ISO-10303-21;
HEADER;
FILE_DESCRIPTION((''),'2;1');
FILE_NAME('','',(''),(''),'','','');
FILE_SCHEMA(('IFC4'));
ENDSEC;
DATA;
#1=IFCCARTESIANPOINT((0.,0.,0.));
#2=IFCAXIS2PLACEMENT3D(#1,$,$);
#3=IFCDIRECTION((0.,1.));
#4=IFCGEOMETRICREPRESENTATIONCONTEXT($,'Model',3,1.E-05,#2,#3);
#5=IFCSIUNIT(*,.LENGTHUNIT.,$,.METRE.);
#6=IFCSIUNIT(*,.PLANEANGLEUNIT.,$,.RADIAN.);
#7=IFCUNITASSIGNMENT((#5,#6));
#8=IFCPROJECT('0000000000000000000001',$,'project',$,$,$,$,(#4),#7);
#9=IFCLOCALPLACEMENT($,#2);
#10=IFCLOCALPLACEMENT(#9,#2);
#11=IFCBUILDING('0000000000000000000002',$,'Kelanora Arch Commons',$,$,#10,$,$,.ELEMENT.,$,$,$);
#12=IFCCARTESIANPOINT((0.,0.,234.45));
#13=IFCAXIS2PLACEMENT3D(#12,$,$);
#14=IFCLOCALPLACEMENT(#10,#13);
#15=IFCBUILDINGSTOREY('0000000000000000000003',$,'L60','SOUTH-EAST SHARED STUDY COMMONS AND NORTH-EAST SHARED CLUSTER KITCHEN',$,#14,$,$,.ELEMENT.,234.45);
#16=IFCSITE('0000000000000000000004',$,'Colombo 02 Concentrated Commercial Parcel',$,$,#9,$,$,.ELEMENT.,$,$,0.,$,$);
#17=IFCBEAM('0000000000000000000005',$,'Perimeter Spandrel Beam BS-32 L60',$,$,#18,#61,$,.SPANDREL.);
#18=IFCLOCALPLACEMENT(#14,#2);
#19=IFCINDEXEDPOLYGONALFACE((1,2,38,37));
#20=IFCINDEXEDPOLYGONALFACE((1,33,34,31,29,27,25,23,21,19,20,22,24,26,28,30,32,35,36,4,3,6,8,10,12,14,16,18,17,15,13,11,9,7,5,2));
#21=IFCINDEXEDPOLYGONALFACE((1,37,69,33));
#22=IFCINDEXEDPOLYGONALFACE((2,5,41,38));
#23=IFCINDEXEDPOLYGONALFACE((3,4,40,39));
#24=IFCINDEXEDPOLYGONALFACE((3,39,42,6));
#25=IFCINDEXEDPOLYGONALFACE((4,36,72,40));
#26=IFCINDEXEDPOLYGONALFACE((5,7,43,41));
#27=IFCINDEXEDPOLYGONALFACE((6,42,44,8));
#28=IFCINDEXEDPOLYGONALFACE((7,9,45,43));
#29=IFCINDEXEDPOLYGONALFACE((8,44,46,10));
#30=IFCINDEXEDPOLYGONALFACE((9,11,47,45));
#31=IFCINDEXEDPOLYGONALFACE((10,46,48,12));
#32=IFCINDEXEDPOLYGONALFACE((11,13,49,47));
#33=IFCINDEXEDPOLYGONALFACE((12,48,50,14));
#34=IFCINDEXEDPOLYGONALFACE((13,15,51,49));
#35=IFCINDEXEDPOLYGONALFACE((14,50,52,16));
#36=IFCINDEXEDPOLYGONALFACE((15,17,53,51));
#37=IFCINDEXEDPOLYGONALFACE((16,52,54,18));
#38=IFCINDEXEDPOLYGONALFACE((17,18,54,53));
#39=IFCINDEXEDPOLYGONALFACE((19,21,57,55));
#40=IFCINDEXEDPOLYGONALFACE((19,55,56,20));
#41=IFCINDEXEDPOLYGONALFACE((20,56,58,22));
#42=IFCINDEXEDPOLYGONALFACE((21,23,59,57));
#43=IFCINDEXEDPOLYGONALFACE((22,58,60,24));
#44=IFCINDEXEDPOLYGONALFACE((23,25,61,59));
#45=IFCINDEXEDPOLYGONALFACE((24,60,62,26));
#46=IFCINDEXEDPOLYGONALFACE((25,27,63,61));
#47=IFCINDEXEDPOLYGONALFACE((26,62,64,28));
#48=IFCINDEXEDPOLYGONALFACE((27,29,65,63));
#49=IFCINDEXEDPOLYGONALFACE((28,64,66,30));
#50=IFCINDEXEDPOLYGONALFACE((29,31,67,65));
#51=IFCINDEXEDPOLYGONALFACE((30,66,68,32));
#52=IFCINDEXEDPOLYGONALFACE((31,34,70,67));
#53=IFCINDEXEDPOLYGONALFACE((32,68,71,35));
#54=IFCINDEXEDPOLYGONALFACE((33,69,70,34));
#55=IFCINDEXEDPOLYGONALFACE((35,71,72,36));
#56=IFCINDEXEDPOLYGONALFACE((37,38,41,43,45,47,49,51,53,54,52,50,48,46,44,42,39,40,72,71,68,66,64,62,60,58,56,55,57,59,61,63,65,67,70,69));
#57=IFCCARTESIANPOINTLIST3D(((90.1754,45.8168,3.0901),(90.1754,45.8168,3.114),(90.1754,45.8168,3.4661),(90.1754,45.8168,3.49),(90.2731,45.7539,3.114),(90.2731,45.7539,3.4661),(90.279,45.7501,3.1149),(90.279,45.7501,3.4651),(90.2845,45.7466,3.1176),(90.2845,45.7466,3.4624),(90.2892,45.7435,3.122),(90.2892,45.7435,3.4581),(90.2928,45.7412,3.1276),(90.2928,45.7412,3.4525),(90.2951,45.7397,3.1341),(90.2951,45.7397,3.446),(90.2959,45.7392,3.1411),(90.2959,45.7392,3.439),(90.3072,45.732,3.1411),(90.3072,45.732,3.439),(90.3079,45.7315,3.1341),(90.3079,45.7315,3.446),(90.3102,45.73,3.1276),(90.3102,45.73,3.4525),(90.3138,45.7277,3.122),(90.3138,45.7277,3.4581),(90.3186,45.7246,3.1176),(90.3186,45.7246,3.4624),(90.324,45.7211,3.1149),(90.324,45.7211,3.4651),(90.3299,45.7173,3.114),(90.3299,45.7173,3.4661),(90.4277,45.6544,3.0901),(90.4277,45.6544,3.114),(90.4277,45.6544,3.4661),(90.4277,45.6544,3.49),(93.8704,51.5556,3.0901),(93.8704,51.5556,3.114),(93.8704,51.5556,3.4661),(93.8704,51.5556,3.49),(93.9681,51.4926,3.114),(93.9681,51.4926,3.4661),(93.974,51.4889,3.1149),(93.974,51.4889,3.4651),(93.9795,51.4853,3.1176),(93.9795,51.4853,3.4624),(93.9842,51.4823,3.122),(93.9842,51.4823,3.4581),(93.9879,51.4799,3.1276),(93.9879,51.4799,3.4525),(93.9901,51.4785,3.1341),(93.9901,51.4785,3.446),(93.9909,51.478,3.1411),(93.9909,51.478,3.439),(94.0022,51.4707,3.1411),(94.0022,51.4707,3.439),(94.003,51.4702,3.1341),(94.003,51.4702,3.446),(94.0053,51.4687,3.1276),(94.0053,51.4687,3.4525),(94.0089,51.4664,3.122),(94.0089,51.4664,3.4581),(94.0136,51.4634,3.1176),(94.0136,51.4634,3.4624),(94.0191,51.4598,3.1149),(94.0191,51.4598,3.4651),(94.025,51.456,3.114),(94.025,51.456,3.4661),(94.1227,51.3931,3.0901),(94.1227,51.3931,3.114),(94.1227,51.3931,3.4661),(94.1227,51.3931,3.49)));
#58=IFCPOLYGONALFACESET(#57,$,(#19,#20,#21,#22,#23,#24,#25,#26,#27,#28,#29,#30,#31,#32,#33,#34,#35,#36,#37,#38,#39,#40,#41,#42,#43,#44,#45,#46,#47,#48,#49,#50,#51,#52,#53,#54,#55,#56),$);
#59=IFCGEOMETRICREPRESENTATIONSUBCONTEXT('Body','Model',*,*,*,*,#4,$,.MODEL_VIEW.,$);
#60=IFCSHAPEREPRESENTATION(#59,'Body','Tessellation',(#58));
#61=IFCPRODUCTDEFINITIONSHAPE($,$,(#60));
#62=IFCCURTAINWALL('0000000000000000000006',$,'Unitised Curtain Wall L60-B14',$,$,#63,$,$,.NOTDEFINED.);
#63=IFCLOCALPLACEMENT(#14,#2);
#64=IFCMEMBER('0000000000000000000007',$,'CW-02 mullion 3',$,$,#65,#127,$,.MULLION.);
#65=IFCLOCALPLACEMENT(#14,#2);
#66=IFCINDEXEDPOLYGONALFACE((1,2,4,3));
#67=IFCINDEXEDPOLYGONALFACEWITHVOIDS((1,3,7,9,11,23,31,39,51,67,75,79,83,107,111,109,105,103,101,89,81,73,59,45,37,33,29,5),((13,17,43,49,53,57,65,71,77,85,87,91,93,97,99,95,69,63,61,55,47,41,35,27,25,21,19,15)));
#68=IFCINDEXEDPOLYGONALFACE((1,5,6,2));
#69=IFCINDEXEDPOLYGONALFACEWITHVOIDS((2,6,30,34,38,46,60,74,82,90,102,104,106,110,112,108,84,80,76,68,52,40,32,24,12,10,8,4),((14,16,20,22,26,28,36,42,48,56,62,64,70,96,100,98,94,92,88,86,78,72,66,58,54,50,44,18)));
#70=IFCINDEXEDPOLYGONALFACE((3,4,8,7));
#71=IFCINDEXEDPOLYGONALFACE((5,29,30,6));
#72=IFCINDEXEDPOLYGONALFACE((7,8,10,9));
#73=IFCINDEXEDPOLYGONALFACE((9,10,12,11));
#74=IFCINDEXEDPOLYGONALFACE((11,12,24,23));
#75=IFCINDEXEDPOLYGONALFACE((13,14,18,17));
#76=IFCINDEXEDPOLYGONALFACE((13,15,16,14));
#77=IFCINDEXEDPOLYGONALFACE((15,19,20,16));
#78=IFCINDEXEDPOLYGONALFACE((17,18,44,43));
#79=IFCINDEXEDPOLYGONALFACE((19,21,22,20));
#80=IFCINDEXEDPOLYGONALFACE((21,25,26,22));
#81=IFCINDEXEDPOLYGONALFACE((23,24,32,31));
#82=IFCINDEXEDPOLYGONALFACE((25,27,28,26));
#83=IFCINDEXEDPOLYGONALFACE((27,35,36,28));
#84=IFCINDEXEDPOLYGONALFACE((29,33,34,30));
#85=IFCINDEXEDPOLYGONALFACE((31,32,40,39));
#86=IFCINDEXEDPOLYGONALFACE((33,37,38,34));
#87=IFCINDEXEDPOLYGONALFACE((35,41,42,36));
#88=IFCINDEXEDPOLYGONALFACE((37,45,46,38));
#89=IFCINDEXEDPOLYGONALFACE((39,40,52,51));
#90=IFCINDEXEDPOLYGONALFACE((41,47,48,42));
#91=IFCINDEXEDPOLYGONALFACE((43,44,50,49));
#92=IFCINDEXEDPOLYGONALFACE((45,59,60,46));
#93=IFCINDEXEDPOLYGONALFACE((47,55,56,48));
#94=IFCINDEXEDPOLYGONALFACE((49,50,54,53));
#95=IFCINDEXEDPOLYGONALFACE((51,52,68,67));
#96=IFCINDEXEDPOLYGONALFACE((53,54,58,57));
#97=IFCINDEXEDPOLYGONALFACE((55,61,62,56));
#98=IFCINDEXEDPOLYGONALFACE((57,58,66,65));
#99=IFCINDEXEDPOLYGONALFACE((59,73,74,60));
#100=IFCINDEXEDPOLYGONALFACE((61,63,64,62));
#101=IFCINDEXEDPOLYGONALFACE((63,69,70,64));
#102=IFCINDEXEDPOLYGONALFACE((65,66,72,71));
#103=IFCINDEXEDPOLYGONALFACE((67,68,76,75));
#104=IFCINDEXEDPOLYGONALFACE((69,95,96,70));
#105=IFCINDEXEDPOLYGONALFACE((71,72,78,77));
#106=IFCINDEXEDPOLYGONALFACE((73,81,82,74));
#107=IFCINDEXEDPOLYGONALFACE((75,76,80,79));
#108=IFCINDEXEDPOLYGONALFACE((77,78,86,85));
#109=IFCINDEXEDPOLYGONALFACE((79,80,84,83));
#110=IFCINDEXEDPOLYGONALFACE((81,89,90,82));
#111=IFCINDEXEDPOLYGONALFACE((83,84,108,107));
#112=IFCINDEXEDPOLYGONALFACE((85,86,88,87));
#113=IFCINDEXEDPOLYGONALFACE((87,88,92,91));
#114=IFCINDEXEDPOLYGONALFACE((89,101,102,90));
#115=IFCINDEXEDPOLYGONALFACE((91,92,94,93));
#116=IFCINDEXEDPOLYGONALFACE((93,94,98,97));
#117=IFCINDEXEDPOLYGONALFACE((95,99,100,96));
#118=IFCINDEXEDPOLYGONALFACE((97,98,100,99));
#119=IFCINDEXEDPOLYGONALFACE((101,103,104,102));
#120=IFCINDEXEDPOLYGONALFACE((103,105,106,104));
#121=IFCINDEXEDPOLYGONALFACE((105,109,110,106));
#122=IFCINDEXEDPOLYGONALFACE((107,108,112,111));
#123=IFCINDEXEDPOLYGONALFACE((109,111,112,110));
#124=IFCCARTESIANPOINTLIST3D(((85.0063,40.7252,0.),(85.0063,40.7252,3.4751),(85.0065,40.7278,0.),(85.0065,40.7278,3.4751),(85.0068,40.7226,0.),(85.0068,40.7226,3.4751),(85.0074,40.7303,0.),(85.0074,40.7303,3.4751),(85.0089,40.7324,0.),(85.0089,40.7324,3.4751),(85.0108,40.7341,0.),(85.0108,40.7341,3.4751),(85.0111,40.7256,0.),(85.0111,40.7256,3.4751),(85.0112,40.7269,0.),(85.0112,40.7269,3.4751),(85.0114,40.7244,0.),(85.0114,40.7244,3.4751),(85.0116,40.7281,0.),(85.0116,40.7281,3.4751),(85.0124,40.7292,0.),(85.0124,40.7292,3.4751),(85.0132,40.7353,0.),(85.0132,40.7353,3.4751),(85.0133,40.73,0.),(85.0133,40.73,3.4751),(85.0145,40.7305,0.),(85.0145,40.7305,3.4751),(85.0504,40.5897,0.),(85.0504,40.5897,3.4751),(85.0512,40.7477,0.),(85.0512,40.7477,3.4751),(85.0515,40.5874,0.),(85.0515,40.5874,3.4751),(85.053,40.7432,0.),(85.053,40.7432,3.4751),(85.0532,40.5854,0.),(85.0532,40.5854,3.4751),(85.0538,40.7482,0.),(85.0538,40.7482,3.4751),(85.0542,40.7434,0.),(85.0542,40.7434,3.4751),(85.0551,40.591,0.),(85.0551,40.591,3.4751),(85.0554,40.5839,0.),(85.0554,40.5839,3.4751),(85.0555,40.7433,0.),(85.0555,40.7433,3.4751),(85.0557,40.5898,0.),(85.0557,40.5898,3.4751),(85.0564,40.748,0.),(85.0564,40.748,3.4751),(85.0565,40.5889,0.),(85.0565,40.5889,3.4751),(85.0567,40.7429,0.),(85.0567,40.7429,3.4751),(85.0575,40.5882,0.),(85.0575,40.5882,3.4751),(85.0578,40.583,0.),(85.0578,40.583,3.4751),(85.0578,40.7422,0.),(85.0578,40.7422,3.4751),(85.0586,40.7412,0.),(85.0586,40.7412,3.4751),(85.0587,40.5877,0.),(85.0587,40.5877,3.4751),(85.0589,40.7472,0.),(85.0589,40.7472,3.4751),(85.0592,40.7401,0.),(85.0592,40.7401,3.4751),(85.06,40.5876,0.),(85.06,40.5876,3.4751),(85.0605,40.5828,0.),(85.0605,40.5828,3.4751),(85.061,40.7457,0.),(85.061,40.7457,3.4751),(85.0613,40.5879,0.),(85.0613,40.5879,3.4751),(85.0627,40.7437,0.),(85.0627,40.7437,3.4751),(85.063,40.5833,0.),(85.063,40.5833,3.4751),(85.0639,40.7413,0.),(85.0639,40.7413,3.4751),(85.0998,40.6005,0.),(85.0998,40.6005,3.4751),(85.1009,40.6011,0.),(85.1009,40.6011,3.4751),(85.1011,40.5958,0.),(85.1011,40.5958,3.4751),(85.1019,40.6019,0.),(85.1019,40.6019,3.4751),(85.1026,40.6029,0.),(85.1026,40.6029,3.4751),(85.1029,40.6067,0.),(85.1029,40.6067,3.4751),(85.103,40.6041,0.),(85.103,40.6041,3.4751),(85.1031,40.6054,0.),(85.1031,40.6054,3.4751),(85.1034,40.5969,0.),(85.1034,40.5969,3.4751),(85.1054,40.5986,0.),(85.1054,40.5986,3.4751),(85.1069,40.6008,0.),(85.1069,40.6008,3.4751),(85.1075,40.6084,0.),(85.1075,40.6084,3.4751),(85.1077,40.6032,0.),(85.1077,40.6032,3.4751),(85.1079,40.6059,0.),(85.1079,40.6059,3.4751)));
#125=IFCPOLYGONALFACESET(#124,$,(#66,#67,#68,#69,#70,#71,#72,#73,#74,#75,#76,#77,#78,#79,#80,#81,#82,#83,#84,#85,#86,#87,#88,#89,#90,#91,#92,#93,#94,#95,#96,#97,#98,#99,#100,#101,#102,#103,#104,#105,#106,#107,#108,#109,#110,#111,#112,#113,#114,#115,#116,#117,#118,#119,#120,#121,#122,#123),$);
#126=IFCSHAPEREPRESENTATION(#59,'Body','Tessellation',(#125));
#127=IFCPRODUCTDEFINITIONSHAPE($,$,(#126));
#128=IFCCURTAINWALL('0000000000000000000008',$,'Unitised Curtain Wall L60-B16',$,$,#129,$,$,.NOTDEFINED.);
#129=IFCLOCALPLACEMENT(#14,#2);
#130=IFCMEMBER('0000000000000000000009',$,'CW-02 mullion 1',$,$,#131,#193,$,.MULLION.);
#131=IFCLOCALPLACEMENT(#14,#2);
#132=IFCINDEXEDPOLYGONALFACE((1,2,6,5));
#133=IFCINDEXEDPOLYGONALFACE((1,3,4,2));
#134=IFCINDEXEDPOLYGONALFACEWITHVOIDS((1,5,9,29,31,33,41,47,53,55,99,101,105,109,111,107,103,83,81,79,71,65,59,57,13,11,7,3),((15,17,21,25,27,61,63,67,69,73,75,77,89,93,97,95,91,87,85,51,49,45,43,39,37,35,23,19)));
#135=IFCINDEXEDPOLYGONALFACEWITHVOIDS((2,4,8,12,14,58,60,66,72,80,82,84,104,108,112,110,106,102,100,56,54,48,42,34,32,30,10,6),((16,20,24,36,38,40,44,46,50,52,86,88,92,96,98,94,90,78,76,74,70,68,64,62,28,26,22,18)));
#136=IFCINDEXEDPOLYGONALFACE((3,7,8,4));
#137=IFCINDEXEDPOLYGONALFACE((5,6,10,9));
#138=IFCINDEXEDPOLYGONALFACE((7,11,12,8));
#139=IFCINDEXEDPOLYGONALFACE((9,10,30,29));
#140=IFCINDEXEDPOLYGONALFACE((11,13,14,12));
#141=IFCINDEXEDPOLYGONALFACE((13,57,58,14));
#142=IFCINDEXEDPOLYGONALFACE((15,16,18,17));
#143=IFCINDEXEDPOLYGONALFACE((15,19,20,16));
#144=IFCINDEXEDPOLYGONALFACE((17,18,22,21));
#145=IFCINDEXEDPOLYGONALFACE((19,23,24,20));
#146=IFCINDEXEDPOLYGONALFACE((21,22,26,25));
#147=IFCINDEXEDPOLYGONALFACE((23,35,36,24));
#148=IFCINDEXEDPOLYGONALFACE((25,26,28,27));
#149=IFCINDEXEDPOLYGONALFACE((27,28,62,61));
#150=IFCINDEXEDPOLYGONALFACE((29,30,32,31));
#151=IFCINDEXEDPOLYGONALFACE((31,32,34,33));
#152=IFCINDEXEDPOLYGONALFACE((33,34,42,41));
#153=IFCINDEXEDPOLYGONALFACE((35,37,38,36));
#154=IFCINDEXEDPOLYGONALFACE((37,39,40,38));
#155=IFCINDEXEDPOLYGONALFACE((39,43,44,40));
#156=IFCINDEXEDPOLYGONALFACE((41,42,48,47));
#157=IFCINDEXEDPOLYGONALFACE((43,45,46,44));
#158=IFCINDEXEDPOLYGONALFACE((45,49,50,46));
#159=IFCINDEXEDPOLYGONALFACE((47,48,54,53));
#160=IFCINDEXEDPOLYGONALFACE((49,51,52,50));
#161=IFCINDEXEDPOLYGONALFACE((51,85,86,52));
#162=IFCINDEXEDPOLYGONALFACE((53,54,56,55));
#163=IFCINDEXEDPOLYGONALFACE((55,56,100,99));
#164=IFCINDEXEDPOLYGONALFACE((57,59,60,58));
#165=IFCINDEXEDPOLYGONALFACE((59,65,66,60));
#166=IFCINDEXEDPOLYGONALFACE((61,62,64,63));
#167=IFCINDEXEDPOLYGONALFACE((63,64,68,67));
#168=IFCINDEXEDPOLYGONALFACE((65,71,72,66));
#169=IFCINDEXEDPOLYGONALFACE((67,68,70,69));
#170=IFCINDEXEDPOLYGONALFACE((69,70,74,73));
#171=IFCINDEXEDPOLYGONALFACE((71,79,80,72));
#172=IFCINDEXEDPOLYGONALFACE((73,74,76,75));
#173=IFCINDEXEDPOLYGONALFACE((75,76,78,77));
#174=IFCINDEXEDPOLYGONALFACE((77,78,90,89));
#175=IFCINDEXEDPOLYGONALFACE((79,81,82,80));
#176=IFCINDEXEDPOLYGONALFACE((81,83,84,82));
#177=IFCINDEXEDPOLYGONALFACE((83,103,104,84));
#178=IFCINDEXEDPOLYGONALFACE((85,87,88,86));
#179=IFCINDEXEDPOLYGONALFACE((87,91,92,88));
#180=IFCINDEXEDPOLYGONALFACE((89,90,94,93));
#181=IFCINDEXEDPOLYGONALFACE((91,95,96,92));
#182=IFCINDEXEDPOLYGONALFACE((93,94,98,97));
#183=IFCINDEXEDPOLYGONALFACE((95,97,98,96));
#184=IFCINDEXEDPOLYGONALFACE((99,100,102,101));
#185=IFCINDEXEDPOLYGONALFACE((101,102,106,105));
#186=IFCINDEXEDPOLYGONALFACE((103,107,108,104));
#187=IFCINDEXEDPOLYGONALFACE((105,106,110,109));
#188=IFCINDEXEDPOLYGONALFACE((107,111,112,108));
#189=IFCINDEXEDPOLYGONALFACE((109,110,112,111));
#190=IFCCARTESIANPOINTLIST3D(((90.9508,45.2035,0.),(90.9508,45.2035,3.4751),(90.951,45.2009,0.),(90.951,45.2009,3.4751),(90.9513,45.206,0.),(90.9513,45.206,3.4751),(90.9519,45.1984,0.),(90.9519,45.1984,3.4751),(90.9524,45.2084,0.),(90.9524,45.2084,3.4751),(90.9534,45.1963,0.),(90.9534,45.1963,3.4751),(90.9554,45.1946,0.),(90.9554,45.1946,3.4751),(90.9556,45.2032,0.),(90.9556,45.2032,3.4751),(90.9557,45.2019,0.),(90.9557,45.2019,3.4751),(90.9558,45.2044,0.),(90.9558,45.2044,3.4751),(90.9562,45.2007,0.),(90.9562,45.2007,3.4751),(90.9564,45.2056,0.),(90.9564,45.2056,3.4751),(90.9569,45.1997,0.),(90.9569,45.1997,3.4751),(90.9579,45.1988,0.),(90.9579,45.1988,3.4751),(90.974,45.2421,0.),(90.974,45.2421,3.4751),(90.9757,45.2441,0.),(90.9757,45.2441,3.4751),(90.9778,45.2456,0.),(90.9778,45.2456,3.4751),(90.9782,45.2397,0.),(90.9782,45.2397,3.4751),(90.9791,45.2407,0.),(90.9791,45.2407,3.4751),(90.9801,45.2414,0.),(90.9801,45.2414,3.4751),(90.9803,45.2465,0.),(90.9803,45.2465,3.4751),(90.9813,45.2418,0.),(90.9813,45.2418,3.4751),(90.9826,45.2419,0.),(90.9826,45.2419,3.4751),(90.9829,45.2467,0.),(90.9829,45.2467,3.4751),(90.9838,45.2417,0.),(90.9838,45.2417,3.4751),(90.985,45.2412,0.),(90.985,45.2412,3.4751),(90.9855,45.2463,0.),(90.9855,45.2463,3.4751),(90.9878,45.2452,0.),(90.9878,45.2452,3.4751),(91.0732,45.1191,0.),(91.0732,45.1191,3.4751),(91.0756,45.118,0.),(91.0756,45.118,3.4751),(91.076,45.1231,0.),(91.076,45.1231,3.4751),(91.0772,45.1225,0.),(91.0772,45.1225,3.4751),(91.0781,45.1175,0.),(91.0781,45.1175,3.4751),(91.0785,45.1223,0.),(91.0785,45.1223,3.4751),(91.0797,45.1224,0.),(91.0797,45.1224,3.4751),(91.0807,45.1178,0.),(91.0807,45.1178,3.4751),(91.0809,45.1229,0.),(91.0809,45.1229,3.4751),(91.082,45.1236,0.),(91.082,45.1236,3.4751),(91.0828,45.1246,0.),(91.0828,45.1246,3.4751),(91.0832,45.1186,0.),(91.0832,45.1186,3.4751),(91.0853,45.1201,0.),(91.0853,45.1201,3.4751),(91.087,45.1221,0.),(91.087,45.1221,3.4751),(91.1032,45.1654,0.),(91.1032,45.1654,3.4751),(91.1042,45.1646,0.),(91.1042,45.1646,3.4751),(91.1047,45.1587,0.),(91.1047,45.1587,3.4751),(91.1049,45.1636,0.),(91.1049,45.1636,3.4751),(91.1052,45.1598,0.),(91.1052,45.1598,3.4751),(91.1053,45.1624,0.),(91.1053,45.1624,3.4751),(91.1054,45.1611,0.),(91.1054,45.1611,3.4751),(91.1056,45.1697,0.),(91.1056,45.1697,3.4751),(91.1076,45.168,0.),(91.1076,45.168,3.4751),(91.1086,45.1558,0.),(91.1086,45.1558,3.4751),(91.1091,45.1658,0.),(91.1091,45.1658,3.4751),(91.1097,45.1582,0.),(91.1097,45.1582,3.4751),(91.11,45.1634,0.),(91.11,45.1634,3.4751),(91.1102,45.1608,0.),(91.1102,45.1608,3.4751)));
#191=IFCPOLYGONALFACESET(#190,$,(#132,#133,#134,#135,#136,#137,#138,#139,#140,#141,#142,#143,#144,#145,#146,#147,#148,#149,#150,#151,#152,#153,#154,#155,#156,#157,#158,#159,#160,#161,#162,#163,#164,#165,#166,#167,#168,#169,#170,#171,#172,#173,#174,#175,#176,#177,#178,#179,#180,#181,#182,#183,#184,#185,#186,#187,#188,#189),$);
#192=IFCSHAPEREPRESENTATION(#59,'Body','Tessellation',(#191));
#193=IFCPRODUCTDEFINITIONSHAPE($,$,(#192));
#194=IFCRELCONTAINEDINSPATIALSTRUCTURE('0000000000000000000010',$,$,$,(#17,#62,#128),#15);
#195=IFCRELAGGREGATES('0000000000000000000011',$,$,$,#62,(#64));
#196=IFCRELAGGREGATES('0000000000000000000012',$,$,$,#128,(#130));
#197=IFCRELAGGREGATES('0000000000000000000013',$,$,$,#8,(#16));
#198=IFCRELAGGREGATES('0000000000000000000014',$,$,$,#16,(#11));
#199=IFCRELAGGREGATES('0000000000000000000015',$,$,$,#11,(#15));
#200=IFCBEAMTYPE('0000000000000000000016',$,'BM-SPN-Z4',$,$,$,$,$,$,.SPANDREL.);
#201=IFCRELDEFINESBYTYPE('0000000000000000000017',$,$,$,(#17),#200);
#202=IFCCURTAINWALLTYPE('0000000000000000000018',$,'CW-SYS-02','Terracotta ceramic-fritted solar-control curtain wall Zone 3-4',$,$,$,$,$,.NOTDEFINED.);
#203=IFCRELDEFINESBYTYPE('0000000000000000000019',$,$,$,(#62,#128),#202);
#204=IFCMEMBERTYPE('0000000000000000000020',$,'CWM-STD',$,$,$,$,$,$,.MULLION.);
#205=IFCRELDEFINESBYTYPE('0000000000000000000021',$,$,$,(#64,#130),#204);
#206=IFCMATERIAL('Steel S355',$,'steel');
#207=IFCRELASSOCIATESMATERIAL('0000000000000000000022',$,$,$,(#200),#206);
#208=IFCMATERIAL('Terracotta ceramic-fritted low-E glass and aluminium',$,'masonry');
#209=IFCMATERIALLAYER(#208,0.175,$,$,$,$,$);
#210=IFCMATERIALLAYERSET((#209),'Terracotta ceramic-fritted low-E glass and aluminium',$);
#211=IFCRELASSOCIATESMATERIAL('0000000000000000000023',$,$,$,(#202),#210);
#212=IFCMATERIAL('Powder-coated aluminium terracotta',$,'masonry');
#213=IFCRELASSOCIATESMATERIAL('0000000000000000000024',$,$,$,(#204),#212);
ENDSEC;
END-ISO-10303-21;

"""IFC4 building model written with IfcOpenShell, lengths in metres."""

from ifc_helpers import new_model, si_unit, direction, frame, origin, origin_2d, place, context, subcontext, project, spatial, hollow_rectangle, i_section, extrude, material, layer, layer_set, material_profile, profile_set, type_object, element, aggregate, save


model = new_model("IFC4")

# Units and contexts
model_context = context("Model", 3, precision=1e-05, world=origin(), true_north=direction((0.0, 1.0)))
body_context = subcontext(model_context, "Body", "Model", "MODEL_VIEW")
ifc_project = project(units=[si_unit("LENGTHUNIT", "METRE"), si_unit("PLANEANGLEUNIT", "RADIAN")], contexts=[model_context])

# Site, building, storey
site_placement = place(None, origin())
site = spatial("IfcSite", under=ifc_project, at=site_placement, Name="Colombo 02 Concentrated Commercial Parcel", CompositionType="ELEMENT", RefElevation=0.0)
building_placement = place(site_placement, origin())
building = spatial("IfcBuilding", under=site, at=building_placement, Name="Kelanora Arch Commons", CompositionType="ELEMENT")
storey_placement = place(building_placement, frame((0.0, 0.0, 234.45)))
storey = spatial("IfcBuildingStorey", under=building, at=storey_placement, Name="L60", Description="SOUTH-EAST SHARED STUDY COMMONS AND NORTH-EAST SHARED CLUSTER KITCHEN", CompositionType="ELEMENT", Elevation=234.45)

# Beam
ifc_material_1 = material(Name="Steel S355", Category="steel")
ifc_material_profile_1 = material_profile(ifc_material_1, i_section(OverallWidth=0.3, OverallDepth=0.3999, WebThickness=0.0134, FlangeThickness=0.0239, FilletRadius=0.0271, at=origin_2d()), Name="HEB400")
ifc_profile_set_1 = profile_set([ifc_material_profile_1], Name="Steel S355")
beam_type_1 = type_object("IfcBeamType", Name="BM-SPN-Z4", PredefinedType="SPANDREL", material=ifc_profile_set_1)
beam_1_placement = place(storey_placement, frame((90.3015, 45.7356, 3.29), z_axis=(0.541365, 0.840788, 0.0), x_axis=(-0.840788, 0.541365, 0.0)))
element("IfcBeam", 1, at=beam_1_placement, inside=storey, type_object=beam_type_1, Name="Perimeter Spandrel Beam BS-32 L60", PredefinedType="SPANDREL", context=body_context, shape_type="SweptSolid", body=[
    extrude(i_section(OverallWidth=0.3, OverallDepth=0.3999, WebThickness=0.0134, FlangeThickness=0.0239, FilletRadius=0.0271, at=origin_2d()), origin(), (0.0, 0.0, 1.0), 6.8254),
])

# Curtain wall, member
ifc_material_2 = material(Name="Terracotta ceramic-fritted low-E glass and aluminium", Category="masonry")
ifc_layer_1 = layer(ifc_material_2, 0.175)
ifc_layer_set_1 = layer_set([ifc_layer_1], Name="Terracotta ceramic-fritted low-E glass and aluminium")
curtain_wall_type = type_object("IfcCurtainWallType", Name="CW-SYS-02", Description="Terracotta ceramic-fritted solar-control curtain wall Zone 3-4", PredefinedType="NOTDEFINED", material=ifc_layer_set_1)
curtain_wall_1_placement = place(storey_placement, origin())
curtain_wall_1 = element("IfcCurtainWall", 2, at=curtain_wall_1_placement, inside=storey, type_object=curtain_wall_type, Name="Unitised Curtain Wall L60-B14", PredefinedType="NOTDEFINED")
ifc_material_3 = material(Name="Powder-coated aluminium terracotta", Category="masonry")
ifc_material_profile_2 = material_profile(ifc_material_3, hollow_rectangle(XDim=0.1599, YDim=0.0601, WallThickness=0.0049, InnerFilletRadius=0.0049, OuterFilletRadius=0.01, at=origin_2d()), Name="CWM160x60")
ifc_profile_set_2 = profile_set([ifc_material_profile_2], Name="Powder-coated aluminium terracotta")
member_type_1 = type_object("IfcMemberType", Name="CWM-STD", PredefinedType="MULLION", material=ifc_profile_set_2)
member_1_placement = place(storey_placement, frame((85.0571, 40.6655, 0.0), z_axis=(0.0, 0.0, 1.0), x_axis=(-0.311582, 0.950219, 0.0)))
member_1 = element("IfcMember", 3, at=member_1_placement, type_object=member_type_1, Name="CW-02 mullion 3", PredefinedType="MULLION", context=body_context, shape_type="SweptSolid", body=[
    extrude(hollow_rectangle(XDim=0.1599, YDim=0.0601, WallThickness=0.0049, InnerFilletRadius=0.0049, OuterFilletRadius=0.01, at=origin_2d()), origin(), (0.0, 0.0, 1.0), 3.4751),
])

# Curtain wall, member
curtain_wall_2_placement = place(storey_placement, origin())
curtain_wall_2 = element("IfcCurtainWall", 4, at=curtain_wall_2_placement, inside=storey, type_object=curtain_wall_type, Name="Unitised Curtain Wall L60-B16", PredefinedType="NOTDEFINED")
member_2_placement = place(storey_placement, frame((91.0305, 45.1821, 0.0), z_axis=(0.0, 0.0, 1.0), x_axis=(-0.841948, 0.539559, 0.0)))
member_2 = element("IfcMember", 5, at=member_2_placement, type_object=member_type_1, Name="CW-02 mullion 1", PredefinedType="MULLION", context=body_context, shape_type="SweptSolid", body=[
    extrude(hollow_rectangle(XDim=0.1599, YDim=0.0601, WallThickness=0.0049, InnerFilletRadius=0.0049, OuterFilletRadius=0.01, at=origin_2d()), origin(), (0.0, 0.0, 1.0), 3.4751),
])

aggregate(curtain_wall_1, [member_1])
aggregate(curtain_wall_2, [member_2])

save(model, "model.ifc")
